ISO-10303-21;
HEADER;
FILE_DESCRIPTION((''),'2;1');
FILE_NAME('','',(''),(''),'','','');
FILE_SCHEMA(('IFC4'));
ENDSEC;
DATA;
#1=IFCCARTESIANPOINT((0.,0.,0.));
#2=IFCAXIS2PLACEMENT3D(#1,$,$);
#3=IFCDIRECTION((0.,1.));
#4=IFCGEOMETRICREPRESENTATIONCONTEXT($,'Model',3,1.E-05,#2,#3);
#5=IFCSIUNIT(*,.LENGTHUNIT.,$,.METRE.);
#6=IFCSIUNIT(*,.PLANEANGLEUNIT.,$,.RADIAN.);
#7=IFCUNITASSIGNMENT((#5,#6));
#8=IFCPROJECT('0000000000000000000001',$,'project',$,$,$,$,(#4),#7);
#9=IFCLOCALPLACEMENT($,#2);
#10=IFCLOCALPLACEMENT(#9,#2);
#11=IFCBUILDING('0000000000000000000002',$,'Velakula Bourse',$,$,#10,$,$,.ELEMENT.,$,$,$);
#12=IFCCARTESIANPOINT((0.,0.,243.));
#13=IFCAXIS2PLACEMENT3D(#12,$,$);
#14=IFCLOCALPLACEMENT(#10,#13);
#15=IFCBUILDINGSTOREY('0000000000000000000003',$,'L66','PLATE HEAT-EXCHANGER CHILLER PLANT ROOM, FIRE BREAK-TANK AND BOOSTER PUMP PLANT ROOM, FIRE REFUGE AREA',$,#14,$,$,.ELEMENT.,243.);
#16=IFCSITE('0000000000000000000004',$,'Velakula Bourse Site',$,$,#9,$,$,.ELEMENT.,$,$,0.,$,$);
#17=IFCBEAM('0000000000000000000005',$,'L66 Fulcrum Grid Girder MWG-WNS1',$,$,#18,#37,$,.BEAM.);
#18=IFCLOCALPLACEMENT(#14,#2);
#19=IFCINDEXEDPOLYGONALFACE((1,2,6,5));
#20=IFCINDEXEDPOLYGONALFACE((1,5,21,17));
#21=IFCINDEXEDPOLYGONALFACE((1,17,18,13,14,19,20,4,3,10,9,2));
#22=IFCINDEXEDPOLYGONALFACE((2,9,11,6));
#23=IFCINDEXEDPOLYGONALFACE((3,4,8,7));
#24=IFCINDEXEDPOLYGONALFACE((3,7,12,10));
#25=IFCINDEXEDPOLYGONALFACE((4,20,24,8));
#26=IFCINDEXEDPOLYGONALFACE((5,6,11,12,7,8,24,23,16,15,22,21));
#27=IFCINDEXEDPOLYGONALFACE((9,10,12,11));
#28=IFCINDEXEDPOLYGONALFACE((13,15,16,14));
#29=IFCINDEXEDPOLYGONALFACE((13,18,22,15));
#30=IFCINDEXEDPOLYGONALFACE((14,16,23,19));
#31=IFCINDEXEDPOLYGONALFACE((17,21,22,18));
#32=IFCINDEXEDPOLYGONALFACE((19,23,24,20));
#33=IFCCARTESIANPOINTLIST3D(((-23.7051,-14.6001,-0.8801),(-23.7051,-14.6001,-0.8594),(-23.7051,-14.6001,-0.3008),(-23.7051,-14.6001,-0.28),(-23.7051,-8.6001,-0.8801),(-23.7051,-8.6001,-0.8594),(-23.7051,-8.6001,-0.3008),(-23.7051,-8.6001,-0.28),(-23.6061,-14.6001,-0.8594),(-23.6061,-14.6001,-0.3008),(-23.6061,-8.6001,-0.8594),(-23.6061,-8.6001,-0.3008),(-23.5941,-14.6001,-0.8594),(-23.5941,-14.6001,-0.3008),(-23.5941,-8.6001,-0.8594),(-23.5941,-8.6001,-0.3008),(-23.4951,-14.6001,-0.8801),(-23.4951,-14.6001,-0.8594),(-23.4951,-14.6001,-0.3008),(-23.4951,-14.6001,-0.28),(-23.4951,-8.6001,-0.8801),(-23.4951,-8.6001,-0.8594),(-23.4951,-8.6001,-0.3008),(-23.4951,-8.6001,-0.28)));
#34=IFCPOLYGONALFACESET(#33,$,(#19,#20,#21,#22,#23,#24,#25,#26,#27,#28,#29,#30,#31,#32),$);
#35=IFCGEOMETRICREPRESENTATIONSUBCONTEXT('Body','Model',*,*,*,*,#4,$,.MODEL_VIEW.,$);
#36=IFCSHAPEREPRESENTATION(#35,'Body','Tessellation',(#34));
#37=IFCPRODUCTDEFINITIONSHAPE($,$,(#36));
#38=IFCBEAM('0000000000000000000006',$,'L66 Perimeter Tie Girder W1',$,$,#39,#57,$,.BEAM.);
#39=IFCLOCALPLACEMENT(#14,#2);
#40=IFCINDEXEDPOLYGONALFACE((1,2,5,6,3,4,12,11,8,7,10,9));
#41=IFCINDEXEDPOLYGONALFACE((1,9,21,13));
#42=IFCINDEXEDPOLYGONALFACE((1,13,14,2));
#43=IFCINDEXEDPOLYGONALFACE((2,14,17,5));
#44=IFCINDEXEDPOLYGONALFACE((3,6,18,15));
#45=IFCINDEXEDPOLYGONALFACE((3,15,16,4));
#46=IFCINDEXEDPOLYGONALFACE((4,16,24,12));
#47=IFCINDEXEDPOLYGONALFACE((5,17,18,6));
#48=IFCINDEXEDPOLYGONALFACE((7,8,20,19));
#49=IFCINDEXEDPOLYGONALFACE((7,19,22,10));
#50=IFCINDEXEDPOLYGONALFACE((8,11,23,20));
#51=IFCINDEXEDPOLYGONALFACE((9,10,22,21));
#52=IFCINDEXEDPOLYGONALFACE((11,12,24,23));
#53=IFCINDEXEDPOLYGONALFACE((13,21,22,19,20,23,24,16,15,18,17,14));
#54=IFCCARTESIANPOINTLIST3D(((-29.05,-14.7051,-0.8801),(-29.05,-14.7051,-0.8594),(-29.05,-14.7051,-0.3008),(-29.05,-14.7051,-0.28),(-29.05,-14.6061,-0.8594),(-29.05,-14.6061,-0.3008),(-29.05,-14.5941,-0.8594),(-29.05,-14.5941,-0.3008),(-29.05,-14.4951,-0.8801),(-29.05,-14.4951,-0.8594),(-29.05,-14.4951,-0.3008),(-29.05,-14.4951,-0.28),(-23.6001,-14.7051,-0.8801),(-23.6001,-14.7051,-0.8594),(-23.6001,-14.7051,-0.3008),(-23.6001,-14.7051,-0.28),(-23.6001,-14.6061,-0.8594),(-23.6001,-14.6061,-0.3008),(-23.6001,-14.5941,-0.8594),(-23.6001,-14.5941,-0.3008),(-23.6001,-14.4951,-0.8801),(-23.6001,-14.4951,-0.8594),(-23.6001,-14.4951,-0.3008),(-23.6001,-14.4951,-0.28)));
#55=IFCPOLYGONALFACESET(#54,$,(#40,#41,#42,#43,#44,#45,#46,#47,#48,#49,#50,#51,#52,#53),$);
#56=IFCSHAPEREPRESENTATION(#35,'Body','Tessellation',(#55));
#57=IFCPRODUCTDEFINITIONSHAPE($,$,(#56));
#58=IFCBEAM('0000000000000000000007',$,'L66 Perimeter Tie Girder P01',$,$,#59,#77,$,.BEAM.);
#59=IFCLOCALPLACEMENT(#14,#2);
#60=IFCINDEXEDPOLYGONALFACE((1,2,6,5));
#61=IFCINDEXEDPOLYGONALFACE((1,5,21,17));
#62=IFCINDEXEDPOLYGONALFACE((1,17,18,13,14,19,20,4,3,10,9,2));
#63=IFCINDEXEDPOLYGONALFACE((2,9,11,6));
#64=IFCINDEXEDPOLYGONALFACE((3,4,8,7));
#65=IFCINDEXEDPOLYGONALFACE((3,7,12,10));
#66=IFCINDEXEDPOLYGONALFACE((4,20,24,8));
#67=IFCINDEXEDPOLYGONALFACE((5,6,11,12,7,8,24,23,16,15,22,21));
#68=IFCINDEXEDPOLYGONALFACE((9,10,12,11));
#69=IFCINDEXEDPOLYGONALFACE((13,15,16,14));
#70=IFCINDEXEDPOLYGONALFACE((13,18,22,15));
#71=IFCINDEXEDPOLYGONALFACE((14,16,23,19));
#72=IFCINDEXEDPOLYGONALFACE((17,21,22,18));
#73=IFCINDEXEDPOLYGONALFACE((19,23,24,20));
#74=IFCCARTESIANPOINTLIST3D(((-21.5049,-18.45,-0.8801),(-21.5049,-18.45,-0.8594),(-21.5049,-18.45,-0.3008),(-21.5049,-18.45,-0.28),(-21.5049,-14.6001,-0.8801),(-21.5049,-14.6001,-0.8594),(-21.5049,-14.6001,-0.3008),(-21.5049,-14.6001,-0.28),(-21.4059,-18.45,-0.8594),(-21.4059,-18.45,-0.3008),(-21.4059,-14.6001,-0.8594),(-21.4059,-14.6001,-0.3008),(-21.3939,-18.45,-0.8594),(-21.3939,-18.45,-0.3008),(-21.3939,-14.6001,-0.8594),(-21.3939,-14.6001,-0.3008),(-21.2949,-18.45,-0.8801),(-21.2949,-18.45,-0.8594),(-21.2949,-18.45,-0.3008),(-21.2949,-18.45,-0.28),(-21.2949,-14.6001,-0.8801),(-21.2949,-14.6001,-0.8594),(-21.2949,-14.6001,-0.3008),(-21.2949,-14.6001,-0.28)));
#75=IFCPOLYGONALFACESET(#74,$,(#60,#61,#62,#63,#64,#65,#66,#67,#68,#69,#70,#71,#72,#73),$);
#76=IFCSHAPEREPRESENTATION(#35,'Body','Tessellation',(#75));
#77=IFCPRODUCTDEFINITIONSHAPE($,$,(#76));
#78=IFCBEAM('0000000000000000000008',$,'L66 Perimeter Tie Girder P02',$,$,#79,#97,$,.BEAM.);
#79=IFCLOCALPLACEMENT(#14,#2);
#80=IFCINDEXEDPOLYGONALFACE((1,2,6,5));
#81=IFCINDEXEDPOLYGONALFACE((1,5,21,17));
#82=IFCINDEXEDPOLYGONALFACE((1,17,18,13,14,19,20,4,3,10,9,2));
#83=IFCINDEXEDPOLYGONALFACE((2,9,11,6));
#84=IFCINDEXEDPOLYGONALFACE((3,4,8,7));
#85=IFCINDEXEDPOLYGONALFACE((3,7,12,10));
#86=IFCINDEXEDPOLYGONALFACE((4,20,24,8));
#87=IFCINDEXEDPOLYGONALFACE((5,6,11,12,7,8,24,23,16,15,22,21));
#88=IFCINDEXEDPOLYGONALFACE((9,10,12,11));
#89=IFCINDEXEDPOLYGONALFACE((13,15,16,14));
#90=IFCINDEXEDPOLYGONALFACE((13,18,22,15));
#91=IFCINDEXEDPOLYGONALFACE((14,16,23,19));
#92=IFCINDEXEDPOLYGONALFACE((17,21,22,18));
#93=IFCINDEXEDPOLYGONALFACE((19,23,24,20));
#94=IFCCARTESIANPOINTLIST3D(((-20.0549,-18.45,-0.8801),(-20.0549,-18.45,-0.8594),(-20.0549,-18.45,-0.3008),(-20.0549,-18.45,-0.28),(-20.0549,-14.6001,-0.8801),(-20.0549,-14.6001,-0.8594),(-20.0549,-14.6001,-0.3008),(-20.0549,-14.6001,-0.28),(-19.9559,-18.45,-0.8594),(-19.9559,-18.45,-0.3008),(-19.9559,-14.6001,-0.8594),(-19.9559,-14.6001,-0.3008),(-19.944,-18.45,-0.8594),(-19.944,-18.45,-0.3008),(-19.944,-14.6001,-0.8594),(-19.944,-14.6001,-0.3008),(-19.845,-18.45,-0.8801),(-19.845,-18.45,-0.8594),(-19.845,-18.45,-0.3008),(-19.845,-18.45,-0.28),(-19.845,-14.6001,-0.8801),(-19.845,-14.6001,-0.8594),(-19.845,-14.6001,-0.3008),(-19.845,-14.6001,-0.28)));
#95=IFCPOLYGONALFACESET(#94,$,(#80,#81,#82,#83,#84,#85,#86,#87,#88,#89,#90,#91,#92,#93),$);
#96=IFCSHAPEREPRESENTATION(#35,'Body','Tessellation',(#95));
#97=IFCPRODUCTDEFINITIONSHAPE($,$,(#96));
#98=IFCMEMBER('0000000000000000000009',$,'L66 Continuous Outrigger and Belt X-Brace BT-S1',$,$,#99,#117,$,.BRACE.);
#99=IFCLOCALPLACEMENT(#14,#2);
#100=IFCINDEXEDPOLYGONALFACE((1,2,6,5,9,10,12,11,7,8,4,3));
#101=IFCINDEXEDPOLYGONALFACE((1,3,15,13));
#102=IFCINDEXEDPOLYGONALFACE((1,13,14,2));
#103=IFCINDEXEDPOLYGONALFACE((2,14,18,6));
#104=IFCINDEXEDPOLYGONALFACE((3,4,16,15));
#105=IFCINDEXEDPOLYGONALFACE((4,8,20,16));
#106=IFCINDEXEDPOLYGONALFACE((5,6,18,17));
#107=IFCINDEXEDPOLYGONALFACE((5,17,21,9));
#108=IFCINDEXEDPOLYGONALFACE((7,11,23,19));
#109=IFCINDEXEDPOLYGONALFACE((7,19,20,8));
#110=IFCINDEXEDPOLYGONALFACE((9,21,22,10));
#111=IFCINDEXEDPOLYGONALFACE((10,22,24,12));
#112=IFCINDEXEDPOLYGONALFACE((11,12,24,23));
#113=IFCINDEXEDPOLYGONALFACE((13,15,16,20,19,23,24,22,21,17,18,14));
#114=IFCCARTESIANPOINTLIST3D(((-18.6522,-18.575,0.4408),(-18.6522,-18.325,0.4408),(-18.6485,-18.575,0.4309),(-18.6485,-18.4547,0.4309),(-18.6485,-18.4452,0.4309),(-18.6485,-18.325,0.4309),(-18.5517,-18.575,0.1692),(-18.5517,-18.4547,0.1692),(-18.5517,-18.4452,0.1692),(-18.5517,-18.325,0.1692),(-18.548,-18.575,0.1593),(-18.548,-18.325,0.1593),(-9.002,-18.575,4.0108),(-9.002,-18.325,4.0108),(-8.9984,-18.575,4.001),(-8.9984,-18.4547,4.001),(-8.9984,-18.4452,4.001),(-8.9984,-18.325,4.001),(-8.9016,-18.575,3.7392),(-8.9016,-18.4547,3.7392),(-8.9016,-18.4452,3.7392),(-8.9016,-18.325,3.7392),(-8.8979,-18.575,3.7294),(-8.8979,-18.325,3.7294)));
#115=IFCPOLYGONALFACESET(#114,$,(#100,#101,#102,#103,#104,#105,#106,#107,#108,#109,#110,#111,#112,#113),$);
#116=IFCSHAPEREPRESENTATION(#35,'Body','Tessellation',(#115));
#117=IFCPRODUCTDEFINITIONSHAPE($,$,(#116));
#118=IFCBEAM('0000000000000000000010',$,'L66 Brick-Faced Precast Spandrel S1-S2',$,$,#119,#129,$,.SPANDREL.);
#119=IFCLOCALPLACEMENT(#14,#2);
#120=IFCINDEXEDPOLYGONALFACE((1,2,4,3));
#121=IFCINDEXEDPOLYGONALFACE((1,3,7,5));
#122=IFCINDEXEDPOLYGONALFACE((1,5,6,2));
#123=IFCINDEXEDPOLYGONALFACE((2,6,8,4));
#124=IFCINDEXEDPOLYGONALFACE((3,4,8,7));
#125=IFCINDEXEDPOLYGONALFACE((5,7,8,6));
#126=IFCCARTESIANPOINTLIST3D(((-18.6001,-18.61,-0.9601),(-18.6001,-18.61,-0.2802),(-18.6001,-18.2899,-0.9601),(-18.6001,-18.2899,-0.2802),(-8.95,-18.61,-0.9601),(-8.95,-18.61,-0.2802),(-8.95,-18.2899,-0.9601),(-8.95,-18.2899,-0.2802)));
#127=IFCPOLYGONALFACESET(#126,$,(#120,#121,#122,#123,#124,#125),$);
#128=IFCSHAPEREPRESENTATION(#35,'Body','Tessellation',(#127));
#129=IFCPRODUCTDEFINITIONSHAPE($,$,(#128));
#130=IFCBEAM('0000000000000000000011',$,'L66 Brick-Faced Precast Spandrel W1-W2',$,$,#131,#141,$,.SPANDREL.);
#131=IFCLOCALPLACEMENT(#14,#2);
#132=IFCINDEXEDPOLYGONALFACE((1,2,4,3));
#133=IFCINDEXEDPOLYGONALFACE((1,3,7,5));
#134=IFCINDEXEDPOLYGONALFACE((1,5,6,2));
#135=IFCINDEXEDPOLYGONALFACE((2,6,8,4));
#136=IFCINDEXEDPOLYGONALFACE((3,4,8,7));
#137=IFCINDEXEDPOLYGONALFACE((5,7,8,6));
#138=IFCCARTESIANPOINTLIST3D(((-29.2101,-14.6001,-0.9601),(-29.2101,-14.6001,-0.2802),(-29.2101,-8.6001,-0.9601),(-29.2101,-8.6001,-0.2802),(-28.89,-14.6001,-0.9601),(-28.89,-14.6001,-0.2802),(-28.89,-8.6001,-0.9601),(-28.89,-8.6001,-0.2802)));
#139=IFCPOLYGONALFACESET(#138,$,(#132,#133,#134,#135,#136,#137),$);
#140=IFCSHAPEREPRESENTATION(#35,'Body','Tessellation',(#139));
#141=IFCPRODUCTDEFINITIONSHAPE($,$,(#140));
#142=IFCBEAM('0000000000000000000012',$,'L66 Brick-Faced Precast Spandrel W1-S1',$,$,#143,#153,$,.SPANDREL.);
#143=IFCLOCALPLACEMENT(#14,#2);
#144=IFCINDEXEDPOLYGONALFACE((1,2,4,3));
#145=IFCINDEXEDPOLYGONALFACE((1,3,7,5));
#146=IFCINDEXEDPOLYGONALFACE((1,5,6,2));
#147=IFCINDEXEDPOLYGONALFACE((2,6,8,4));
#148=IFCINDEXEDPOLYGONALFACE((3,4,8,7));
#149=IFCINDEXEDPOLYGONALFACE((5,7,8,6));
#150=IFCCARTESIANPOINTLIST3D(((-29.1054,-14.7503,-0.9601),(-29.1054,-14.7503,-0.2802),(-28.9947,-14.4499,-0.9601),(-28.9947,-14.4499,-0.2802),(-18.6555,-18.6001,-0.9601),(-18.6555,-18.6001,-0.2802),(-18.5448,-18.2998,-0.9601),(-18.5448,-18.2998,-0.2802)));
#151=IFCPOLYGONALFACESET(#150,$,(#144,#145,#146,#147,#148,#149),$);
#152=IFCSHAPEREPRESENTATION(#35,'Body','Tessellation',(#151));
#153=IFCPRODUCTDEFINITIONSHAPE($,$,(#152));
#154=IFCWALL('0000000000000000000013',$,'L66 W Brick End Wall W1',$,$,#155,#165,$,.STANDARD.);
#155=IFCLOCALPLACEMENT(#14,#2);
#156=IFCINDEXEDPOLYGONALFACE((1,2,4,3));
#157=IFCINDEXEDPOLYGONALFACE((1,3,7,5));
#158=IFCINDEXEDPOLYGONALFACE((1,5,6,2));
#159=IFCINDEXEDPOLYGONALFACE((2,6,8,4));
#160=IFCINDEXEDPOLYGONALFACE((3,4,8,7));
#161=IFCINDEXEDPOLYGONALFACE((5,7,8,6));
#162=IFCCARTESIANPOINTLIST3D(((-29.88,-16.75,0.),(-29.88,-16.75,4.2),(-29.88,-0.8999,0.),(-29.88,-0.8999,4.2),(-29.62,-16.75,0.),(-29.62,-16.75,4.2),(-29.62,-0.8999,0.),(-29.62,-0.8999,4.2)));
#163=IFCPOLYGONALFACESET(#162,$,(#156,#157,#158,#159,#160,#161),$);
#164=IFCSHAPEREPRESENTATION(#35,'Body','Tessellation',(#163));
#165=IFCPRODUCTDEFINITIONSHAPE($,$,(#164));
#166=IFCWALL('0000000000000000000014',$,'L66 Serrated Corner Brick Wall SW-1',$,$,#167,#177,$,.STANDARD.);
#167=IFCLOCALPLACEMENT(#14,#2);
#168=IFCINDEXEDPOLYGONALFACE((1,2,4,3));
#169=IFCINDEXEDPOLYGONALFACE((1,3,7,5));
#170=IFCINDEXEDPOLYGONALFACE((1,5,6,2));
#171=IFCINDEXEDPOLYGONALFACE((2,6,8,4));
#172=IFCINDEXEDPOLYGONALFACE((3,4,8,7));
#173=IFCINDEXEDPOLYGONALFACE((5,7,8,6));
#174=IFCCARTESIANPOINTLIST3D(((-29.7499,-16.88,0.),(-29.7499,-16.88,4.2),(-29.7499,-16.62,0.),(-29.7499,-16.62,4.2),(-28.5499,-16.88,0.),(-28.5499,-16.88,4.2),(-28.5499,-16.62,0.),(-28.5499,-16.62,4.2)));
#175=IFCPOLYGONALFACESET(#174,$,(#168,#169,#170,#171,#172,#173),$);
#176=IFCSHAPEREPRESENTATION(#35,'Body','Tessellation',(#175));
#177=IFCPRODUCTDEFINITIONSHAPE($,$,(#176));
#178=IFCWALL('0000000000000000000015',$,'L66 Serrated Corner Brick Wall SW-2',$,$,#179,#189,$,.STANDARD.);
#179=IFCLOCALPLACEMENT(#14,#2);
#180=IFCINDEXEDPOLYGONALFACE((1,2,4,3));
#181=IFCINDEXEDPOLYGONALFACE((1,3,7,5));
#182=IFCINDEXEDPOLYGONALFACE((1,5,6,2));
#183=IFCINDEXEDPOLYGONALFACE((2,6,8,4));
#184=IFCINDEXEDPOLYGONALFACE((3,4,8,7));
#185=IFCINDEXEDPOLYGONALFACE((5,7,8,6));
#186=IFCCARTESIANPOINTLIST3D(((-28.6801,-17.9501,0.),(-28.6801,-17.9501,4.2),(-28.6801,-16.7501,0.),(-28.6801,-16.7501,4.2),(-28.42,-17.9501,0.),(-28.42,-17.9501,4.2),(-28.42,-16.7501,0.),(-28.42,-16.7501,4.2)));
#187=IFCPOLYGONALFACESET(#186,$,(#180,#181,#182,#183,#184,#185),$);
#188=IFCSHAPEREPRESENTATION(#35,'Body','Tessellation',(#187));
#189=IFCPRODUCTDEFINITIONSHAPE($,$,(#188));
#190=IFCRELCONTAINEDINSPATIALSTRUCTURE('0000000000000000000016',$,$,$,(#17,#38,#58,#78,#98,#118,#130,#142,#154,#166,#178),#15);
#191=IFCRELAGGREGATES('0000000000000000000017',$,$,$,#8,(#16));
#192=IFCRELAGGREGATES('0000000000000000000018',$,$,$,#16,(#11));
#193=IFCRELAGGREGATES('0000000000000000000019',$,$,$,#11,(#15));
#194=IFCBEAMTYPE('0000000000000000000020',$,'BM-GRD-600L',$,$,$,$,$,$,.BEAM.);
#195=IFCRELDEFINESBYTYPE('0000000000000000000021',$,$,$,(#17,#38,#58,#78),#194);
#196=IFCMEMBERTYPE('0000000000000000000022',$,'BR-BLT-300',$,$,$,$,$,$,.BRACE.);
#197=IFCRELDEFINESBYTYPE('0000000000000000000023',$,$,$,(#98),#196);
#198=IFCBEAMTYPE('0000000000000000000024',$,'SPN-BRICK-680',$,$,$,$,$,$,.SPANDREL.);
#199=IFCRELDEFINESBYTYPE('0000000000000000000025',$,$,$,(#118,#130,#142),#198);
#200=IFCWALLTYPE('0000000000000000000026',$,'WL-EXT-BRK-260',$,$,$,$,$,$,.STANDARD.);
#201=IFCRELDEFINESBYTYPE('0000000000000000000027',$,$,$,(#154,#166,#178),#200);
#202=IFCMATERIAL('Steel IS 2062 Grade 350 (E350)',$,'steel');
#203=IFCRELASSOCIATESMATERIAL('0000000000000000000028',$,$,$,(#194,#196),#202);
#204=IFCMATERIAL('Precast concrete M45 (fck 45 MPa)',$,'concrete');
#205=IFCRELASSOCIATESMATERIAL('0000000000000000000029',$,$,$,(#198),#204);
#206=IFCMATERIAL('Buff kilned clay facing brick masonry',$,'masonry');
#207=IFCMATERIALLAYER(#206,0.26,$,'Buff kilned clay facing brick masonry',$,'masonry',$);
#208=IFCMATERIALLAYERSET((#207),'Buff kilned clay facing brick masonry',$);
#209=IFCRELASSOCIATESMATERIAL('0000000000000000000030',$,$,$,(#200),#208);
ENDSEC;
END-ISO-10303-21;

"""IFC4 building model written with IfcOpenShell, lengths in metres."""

from ifc_helpers import new_model, si_unit, direction, frame, frame_2d, origin, origin_2d, place, context, subcontext, project, spatial, rectangle, i_section, extrude, material, layer, layer_set, material_profile, profile_set, type_object, element, save


model = new_model("IFC4")

# Units and contexts
model_context = context("Model", 3, precision=1e-05, world=origin(), true_north=direction((0.0, 1.0)))
body_context = subcontext(model_context, "Body", "Model", "MODEL_VIEW")
ifc_project = project(units=[si_unit("LENGTHUNIT", "METRE"), si_unit("PLANEANGLEUNIT", "RADIAN")], contexts=[model_context])

# Site, building, storey
site_placement = place(None, origin())
site = spatial("IfcSite", under=ifc_project, at=site_placement, Name="Velakula Bourse Site", CompositionType="ELEMENT", RefElevation=0.0)
building_placement = place(site_placement, origin())
building = spatial("IfcBuilding", under=site, at=building_placement, Name="Velakula Bourse", CompositionType="ELEMENT")
storey_placement = place(building_placement, frame((0.0, 0.0, 243.0)))
storey = spatial("IfcBuildingStorey", under=building, at=storey_placement, Name="L66", Description="PLATE HEAT-EXCHANGER CHILLER PLANT ROOM, FIRE BREAK-TANK AND BOOSTER PUMP PLANT ROOM, FIRE REFUGE AREA", CompositionType="ELEMENT", Elevation=243.0)

# Shared definitions
ifc_material_1 = material(Name="Steel IS 2062 Grade 350 (E350)", Category="steel")
ifc_material_2 = material(Name="Precast concrete M45 (fck 45 MPa)", Category="concrete")

# Beams
ifc_material_profile_1 = material_profile(ifc_material_1, i_section(OverallWidth=0.21, OverallDepth=0.6001, WebThickness=0.012, FlangeThickness=0.0208, at=origin_2d()), Name="Steel IS 2062 Grade 350 (E350)")
ifc_profile_set_1 = profile_set([ifc_material_profile_1], Name="Steel IS 2062 Grade 350 (E350)")
beam_type_1 = type_object("IfcBeamType", Name="BM-GRD-600L", PredefinedType="BEAM", material=ifc_profile_set_1)
beam_1_placement = place(storey_placement, frame((-23.6001, -14.6001, -0.5801), z_axis=(0.0, 1.0, 0.0), x_axis=(-1.0, 0.0, 0.0)))
element("IfcBeam", 1, at=beam_1_placement, inside=storey, type_object=beam_type_1, Name="L66 Fulcrum Grid Girder MWG-WNS1", PredefinedType="BEAM", context=body_context, shape_type="SweptSolid", body=[
    extrude(i_section(OverallWidth=0.21, OverallDepth=0.6001, WebThickness=0.012, FlangeThickness=0.0208, at=origin_2d()), origin(), (0.0, 0.0, 1.0), 6.0),
])
beam_2_placement = place(storey_placement, frame((-23.6001, -14.6001, -0.5801), z_axis=(-1.0, 0.0, 0.0), x_axis=(0.0, -1.0, 0.0)))
element("IfcBeam", 2, at=beam_2_placement, inside=storey, type_object=beam_type_1, Name="L66 Perimeter Tie Girder W1", PredefinedType="BEAM", context=body_context, shape_type="SweptSolid", body=[
    extrude(i_section(OverallWidth=0.21, OverallDepth=0.6001, WebThickness=0.012, FlangeThickness=0.0208, at=origin_2d()), origin(), (0.0, 0.0, 1.0), 5.45),
])
for number, where, z_axis, x_axis, name in (
    (3, (-21.3999, -14.6001, -0.5801), (0.0, -1.0, 0.0), (1.0, 0.0, 0.0), "L66 Perimeter Tie Girder P01"),
    (4, (-19.95, -14.6001, -0.5801), (0.0, -1.0, 0.0), (1.0, 0.0, 0.0), "L66 Perimeter Tie Girder P02"),
):
    element("IfcBeam", number, at=place(storey_placement, frame(where, z_axis=z_axis, x_axis=x_axis)), inside=storey, type_object=beam_type_1, Name=name, PredefinedType="BEAM", context=body_context, shape_type="SweptSolid", body=[
        extrude(i_section(OverallWidth=0.21, OverallDepth=0.6001, WebThickness=0.012, FlangeThickness=0.0208, at=origin_2d()), origin(), (0.0, 0.0, 1.0), 3.8499),
    ])

# Member
ifc_material_profile_2 = material_profile(ifc_material_1, i_section(OverallWidth=0.25, OverallDepth=0.3, WebThickness=0.0095, FlangeThickness=0.0105, at=origin_2d()), Name="Steel IS 2062 Grade 350 (E350)")
ifc_profile_set_2 = profile_set([ifc_material_profile_2], Name="Steel IS 2062 Grade 350 (E350)")
member_type = type_object("IfcMemberType", Name="BR-BLT-300", PredefinedType="BRACE", material=ifc_profile_set_2)
member_placement = place(storey_placement, frame((-18.6001, -18.45, 0.3), z_axis=(0.937877, 0.0, 0.346967), x_axis=(0.0, 1.0, 0.0)))
element("IfcMember", 5, at=member_placement, inside=storey, type_object=member_type, Name="L66 Continuous Outrigger and Belt X-Brace BT-S1", PredefinedType="BRACE", context=body_context, shape_type="SweptSolid", body=[
    extrude(i_section(OverallWidth=0.25, OverallDepth=0.3, WebThickness=0.0095, FlangeThickness=0.0105, at=origin_2d()), origin(), (0.0, 0.0, 1.0), 10.2893),
])

# Beams
ifc_material_profile_3 = material_profile(ifc_material_2, rectangle(XDim=0.3201, YDim=0.6799, at=origin_2d()), Name="Precast concrete M45 (fck 45 MPa)")
ifc_profile_set_3 = profile_set([ifc_material_profile_3], Name="Precast concrete M45 (fck 45 MPa)")
beam_type_2 = type_object("IfcBeamType", Name="SPN-BRICK-680", PredefinedType="SPANDREL", material=ifc_profile_set_3)
beam_3_placement = place(storey_placement, frame((-18.6001, -18.45, -0.6201), z_axis=(1.0, 0.0, 0.0), x_axis=(0.0, 1.0, 0.0)))
element("IfcBeam", 6, at=beam_3_placement, inside=storey, type_object=beam_type_2, Name="L66 Brick-Faced Precast Spandrel S1-S2", PredefinedType="SPANDREL", context=body_context, shape_type="SweptSolid", body=[
    extrude(rectangle(XDim=0.3201, YDim=0.6799, at=origin_2d()), origin(), (0.0, 0.0, 1.0), 9.6501),
])
beam_4_placement = place(storey_placement, frame((-29.05, -14.6001, -0.6201), z_axis=(0.0, 1.0, 0.0), x_axis=(-1.0, 0.0, 0.0)))
element("IfcBeam", 7, at=beam_4_placement, inside=storey, type_object=beam_type_2, Name="L66 Brick-Faced Precast Spandrel W1-W2", PredefinedType="SPANDREL", context=body_context, shape_type="SweptSolid", body=[
    extrude(rectangle(XDim=0.3201, YDim=0.6799, at=origin_2d()), origin(), (0.0, 0.0, 1.0), 6.0),
])
beam_5_placement = place(storey_placement, frame((-29.05, -14.6001, -0.6201), z_axis=(0.938347, -0.345695, 0.0), x_axis=(0.345695, 0.938347, 0.0)))
element("IfcBeam", 8, at=beam_5_placement, inside=storey, type_object=beam_type_2, Name="L66 Brick-Faced Precast Spandrel W1-S1", PredefinedType="SPANDREL", context=body_context, shape_type="SweptSolid", body=[
    extrude(rectangle(XDim=0.3201, YDim=0.6799, at=origin_2d()), origin(), (0.0, 0.0, 1.0), 11.1365),
])

# Walls
ifc_material_3 = material(Name="Buff kilned clay facing brick masonry", Category="masonry")
ifc_layer = layer(ifc_material_3, 0.26, Name="Buff kilned clay facing brick masonry", Category="masonry")
ifc_layer_set = layer_set([ifc_layer], Name="Buff kilned clay facing brick masonry")
wall_type = type_object("IfcWallType", Name="WL-EXT-BRK-260", PredefinedType="STANDARD", material=ifc_layer_set)
wall_placement = place(storey_placement, frame((-29.75, -16.75, 0.0), z_axis=(0.0, 0.0, 1.0), x_axis=(0.0, 1.0, 0.0)))
element("IfcWall", 9, at=wall_placement, inside=storey, type_object=wall_type, Name="L66 W Brick End Wall W1", PredefinedType="STANDARD", context=body_context, shape_type="SweptSolid", body=[
    extrude(rectangle(XDim=15.8501, YDim=0.26, at=frame_2d((7.925, 0.0))), origin(), (0.0, 0.0, 1.0), 4.2),
])
for number, where, z_axis, x_axis, name in (
    (10, (-29.75, -16.75, 0.0), (0.0, 0.0, 1.0), (1.0, 0.0, 0.0), "L66 Serrated Corner Brick Wall SW-1"),
    (11, (-28.55, -16.75, 0.0), (0.0, 0.0, 1.0), (0.0, -1.0, 0.0), "L66 Serrated Corner Brick Wall SW-2"),
):
    element("IfcWall", number, at=place(storey_placement, frame(where, z_axis=z_axis, x_axis=x_axis)), inside=storey, type_object=wall_type, Name=name, PredefinedType="STANDARD", context=body_context, shape_type="SweptSolid", body=[
        extrude(rectangle(XDim=1.2, YDim=0.26, at=frame_2d((0.6001, 0.0))), origin(), (0.0, 0.0, 1.0), 4.2),
    ])

save(model, "model.ifc")
